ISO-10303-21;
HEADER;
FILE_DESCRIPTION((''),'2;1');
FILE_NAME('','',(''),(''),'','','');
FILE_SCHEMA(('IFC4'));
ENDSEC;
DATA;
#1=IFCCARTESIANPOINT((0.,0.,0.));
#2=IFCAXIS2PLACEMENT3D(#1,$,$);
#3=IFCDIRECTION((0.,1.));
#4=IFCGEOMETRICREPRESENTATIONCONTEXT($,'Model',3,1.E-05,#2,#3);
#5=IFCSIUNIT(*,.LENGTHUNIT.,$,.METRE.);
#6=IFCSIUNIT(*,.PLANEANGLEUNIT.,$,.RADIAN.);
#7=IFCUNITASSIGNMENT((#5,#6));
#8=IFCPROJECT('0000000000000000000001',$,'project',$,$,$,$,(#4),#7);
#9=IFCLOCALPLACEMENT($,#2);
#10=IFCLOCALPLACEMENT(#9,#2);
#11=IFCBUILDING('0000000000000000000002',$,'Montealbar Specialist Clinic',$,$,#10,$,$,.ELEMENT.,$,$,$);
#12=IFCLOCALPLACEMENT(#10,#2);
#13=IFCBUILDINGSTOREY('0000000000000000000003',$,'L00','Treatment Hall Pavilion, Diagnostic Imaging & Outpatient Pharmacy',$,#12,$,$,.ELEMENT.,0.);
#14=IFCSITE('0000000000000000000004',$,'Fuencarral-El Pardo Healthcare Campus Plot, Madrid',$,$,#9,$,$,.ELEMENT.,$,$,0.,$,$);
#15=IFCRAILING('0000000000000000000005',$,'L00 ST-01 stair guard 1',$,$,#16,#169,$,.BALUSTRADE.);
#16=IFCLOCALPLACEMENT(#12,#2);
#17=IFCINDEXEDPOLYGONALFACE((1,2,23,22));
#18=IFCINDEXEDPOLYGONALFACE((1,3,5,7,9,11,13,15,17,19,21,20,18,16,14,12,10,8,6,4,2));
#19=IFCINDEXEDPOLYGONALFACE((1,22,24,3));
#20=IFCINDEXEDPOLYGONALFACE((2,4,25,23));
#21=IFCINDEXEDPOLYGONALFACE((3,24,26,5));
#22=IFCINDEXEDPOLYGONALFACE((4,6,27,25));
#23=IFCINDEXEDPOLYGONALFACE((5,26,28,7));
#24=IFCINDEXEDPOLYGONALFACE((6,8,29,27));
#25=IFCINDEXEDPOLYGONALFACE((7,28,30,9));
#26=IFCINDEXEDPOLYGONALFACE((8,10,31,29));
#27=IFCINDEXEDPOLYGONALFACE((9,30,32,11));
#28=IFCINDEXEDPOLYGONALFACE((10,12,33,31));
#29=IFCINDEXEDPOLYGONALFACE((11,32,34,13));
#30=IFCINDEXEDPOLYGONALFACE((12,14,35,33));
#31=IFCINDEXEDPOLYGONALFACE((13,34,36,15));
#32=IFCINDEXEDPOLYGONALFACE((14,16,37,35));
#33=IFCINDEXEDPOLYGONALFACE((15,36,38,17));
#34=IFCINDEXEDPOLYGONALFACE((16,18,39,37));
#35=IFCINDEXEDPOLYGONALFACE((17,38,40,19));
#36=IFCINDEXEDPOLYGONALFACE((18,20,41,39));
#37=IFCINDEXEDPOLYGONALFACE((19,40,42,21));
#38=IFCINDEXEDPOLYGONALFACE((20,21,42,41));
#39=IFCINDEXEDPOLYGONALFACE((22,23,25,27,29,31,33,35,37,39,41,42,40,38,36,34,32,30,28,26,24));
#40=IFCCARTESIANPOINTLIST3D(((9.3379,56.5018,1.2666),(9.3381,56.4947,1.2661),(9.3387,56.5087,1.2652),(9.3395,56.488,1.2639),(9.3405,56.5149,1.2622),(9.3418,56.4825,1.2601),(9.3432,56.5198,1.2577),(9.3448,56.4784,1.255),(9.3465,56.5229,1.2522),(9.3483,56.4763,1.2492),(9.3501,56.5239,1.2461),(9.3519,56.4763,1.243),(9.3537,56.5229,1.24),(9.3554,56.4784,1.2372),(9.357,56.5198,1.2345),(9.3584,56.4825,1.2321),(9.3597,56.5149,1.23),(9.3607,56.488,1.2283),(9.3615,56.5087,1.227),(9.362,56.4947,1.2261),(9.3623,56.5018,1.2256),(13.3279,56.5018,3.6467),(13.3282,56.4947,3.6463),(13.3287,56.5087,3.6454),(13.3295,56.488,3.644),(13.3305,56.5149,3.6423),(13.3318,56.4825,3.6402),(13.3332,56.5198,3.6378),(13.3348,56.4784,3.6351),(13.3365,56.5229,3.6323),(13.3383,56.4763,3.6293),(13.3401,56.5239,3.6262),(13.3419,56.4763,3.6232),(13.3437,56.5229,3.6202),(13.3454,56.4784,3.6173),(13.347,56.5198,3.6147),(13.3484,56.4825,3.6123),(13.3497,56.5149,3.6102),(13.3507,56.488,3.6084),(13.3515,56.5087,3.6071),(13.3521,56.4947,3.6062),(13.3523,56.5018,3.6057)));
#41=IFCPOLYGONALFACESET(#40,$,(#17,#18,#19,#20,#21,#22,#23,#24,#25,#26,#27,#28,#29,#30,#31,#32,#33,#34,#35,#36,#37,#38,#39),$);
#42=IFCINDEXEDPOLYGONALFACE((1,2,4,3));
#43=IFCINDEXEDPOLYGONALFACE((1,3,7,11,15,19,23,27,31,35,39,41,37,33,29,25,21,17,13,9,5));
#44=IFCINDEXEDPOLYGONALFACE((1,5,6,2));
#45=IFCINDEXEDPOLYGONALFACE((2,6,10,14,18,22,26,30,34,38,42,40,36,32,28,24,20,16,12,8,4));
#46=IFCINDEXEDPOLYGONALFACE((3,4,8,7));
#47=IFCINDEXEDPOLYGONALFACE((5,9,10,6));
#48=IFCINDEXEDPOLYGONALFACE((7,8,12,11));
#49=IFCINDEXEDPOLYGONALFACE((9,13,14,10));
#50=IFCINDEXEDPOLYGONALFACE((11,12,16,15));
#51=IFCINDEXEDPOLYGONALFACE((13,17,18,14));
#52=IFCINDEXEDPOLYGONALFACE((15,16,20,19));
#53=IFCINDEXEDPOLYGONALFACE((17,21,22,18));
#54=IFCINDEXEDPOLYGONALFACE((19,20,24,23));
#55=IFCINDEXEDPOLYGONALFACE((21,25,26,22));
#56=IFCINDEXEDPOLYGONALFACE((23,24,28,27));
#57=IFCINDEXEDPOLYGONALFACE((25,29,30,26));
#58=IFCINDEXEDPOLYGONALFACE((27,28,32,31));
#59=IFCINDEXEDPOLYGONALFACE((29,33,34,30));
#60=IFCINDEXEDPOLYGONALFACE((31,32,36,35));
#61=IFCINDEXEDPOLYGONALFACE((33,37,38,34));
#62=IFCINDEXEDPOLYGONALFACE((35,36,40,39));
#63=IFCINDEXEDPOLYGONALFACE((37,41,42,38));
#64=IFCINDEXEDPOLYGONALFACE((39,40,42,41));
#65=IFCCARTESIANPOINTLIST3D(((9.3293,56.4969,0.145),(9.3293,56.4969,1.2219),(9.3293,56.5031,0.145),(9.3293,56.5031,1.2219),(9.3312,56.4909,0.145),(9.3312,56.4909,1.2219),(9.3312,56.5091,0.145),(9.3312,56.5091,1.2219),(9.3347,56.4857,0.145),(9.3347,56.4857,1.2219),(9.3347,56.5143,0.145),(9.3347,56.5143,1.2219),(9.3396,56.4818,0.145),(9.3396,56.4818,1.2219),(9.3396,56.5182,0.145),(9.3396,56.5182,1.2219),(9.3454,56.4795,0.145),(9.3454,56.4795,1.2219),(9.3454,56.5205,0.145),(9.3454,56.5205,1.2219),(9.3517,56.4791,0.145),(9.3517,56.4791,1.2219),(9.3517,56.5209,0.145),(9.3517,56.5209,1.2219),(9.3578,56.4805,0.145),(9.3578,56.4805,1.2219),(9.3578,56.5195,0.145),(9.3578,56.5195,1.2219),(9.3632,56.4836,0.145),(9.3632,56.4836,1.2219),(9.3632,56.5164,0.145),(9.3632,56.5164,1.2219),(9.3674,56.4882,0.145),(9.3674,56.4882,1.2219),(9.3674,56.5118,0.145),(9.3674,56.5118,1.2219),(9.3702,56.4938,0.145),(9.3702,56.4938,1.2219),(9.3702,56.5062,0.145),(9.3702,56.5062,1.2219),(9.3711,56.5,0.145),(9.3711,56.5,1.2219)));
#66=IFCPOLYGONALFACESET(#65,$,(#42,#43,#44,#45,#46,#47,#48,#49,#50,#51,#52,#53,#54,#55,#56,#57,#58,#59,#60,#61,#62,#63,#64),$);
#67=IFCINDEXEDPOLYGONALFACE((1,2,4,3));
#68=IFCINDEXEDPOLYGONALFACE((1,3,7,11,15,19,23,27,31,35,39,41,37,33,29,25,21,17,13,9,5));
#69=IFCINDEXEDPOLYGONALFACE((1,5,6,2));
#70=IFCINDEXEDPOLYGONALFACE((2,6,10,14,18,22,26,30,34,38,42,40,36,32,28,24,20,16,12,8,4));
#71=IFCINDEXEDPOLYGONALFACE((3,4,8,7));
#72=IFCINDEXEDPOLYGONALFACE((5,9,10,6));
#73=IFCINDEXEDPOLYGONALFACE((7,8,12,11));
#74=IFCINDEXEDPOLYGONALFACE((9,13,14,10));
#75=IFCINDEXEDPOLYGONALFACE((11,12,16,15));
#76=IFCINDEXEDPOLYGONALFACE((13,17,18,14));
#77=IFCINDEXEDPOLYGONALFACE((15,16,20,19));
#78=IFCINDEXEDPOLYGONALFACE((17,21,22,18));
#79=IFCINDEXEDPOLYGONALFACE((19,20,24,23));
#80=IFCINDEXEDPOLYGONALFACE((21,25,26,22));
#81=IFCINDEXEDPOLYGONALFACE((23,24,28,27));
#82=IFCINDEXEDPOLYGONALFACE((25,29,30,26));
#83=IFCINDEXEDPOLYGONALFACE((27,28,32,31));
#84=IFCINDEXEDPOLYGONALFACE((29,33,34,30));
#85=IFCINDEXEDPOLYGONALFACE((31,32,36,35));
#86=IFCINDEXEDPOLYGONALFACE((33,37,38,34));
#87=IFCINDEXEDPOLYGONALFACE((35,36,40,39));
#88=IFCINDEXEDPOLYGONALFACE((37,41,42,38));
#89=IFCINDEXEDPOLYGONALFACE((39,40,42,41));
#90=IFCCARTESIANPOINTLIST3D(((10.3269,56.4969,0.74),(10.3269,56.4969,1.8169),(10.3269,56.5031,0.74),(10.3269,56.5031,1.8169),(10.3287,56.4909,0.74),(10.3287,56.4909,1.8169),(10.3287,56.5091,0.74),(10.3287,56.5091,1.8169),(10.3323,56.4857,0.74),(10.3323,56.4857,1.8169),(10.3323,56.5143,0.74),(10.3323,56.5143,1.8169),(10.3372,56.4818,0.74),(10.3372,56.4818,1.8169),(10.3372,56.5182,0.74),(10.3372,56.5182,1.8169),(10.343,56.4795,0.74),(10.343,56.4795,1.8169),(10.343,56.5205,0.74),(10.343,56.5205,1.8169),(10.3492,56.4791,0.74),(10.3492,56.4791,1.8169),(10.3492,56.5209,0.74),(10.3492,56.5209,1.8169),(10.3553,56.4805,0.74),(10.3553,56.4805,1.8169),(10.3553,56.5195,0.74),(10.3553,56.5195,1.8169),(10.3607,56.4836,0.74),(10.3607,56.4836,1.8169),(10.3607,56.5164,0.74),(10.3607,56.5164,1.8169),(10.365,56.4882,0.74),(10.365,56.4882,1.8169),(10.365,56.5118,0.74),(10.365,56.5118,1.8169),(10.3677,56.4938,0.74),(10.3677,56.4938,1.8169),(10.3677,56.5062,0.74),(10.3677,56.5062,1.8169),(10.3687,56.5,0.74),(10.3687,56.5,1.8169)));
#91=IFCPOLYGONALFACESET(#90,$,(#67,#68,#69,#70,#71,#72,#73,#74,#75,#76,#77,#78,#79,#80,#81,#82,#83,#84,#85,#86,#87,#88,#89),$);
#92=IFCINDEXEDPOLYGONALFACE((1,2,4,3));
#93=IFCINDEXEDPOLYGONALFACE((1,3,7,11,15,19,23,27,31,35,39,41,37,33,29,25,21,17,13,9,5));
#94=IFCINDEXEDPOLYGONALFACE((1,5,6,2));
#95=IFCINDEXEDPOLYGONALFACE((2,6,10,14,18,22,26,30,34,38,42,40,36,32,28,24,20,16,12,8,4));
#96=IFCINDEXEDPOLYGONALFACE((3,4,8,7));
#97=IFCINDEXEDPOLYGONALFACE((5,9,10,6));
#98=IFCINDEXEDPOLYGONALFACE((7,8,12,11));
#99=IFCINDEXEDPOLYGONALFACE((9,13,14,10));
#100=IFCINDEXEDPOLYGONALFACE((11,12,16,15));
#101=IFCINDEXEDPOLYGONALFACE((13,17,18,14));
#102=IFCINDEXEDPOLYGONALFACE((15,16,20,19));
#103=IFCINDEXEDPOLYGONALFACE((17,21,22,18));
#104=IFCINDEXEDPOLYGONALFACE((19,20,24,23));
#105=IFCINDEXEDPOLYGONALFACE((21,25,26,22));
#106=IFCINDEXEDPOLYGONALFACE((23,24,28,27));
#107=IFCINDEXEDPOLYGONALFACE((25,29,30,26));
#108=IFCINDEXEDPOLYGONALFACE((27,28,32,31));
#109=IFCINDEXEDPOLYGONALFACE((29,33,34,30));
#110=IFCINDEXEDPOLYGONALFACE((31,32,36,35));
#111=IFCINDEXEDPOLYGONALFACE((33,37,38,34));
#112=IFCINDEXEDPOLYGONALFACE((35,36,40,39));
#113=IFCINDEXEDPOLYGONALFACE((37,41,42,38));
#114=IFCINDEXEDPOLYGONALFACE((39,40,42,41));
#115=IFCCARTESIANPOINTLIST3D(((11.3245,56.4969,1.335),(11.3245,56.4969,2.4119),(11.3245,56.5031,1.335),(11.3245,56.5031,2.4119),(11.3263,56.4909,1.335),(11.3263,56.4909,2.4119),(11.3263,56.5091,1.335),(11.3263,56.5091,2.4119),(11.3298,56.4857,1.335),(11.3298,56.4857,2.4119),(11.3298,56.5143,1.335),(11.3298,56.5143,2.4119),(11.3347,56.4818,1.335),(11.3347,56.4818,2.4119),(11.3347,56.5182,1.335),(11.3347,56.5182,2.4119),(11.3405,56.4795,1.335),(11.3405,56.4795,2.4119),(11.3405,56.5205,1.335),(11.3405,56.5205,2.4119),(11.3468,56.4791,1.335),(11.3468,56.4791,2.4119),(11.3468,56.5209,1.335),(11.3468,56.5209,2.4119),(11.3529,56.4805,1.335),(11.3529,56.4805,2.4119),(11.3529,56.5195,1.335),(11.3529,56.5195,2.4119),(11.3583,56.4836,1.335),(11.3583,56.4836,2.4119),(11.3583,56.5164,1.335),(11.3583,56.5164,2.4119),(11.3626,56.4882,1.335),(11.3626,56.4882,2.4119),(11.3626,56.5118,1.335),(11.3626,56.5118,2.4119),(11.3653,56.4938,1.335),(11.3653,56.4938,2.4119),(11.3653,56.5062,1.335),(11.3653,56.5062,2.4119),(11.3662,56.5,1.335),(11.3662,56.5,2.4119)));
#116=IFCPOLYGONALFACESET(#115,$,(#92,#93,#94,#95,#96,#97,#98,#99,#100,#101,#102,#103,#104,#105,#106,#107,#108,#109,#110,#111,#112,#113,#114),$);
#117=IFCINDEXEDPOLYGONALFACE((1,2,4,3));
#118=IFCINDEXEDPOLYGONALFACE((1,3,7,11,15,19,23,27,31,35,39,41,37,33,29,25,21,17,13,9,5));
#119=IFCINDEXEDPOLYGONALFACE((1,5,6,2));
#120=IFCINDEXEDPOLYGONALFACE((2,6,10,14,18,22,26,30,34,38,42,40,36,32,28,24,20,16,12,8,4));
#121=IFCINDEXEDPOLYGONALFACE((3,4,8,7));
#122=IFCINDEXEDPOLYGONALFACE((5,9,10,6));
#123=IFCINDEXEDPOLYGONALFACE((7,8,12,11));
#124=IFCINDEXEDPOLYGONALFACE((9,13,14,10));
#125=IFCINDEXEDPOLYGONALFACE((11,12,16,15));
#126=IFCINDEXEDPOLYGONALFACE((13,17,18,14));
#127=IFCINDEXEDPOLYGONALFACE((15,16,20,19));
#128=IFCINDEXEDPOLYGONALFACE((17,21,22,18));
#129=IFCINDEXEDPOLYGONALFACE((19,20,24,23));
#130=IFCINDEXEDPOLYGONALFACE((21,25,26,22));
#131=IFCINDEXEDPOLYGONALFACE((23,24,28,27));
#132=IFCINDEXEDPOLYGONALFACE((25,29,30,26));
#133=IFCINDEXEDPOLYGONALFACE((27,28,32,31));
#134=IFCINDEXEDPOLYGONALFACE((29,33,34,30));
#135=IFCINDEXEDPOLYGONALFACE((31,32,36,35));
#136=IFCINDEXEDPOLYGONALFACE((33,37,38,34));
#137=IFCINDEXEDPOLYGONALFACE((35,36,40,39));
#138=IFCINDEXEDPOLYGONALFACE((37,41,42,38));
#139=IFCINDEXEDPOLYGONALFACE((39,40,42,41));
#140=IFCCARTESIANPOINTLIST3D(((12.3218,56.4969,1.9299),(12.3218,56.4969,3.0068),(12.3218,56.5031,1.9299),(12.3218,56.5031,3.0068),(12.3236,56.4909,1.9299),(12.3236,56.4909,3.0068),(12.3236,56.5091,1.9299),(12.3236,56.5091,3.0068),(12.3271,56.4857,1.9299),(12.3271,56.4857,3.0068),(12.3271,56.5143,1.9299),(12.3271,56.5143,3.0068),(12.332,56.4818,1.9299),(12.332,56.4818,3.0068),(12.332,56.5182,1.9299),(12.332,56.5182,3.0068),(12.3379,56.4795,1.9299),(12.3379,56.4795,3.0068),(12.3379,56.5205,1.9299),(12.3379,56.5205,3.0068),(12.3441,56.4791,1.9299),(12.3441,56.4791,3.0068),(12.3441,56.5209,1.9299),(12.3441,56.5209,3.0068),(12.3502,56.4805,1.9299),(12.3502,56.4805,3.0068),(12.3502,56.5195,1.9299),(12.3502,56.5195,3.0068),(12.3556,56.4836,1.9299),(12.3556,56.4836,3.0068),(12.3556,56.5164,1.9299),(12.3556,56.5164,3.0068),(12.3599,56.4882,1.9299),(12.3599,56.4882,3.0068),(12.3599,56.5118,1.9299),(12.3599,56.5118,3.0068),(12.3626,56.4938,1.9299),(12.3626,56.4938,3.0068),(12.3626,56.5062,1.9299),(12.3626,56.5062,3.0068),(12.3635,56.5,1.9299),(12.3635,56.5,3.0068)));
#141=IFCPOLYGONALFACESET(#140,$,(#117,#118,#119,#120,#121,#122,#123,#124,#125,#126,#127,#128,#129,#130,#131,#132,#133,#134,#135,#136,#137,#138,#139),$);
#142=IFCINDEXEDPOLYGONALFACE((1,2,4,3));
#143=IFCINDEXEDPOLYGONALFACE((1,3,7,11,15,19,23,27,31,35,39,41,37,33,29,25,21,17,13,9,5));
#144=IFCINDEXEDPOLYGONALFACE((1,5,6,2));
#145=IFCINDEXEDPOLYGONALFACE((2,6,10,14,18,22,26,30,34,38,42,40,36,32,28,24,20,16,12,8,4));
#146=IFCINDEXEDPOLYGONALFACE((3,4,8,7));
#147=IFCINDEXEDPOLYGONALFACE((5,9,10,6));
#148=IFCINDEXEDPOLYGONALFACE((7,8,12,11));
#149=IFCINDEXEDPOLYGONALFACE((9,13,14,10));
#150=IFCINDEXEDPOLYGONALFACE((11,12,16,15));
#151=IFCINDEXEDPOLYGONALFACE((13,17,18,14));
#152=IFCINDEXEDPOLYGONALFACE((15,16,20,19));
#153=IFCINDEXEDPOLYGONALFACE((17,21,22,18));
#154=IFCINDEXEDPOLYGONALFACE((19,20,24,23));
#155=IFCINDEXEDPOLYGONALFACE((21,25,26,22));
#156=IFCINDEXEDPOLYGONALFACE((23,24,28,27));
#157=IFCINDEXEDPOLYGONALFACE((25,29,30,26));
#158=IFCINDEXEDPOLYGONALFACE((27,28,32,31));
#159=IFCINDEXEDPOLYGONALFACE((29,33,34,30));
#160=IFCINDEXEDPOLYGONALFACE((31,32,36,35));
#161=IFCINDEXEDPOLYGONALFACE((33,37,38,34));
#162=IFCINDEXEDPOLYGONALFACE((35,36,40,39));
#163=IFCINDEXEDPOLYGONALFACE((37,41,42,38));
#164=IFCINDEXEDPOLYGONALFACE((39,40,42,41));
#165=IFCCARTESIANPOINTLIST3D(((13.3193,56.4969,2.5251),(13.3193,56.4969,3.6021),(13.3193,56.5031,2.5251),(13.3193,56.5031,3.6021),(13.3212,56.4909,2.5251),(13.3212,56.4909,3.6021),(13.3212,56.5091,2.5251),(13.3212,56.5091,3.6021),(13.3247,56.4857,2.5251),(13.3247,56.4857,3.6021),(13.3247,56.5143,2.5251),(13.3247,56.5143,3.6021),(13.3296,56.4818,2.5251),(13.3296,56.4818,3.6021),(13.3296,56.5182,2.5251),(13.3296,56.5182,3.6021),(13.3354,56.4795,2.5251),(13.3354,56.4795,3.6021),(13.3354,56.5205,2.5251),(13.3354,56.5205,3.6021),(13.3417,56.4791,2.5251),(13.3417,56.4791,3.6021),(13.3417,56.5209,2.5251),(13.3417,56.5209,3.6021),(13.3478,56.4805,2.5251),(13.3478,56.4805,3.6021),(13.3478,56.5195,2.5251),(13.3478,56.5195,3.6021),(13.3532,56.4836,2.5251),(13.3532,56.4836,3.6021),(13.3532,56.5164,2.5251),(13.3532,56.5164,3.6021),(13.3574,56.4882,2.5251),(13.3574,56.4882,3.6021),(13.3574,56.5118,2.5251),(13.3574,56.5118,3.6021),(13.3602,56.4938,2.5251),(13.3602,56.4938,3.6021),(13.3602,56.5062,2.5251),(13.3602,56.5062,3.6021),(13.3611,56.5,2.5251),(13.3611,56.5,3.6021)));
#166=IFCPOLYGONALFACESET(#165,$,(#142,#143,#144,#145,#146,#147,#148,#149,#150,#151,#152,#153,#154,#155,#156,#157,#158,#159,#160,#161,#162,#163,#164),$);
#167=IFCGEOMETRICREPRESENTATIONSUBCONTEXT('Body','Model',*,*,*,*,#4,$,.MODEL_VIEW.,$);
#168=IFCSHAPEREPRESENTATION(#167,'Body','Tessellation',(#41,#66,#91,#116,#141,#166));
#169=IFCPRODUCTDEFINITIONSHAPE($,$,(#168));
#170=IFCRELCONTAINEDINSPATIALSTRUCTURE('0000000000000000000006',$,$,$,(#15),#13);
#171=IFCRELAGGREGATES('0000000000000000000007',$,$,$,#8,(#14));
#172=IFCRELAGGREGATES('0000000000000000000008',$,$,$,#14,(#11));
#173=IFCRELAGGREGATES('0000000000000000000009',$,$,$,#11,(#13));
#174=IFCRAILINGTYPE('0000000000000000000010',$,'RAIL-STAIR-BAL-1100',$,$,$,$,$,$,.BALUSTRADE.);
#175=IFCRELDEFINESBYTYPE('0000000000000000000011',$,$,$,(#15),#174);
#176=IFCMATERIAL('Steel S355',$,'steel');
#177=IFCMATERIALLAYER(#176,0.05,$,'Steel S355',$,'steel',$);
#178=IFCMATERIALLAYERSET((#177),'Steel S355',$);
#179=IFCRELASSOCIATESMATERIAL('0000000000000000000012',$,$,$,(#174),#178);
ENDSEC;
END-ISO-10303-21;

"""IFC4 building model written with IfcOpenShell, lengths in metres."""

from ifc_helpers import new_model, si_unit, direction, frame, origin, origin_2d, place, context, subcontext, project, spatial, circle, extrude, material, layer, layer_set, type_object, element, save


model = new_model("IFC4")

# Units and contexts
model_context = context("Model", 3, precision=1e-05, world=origin(), true_north=direction((0.0, 1.0)))
body_context = subcontext(model_context, "Body", "Model", "MODEL_VIEW")
ifc_project = project(units=[si_unit("LENGTHUNIT", "METRE"), si_unit("PLANEANGLEUNIT", "RADIAN")], contexts=[model_context])

# Site, building, storey
site_placement = place(None, origin())
site = spatial("IfcSite", under=ifc_project, at=site_placement, Name="Fuencarral-El Pardo Healthcare Campus Plot, Madrid", CompositionType="ELEMENT", RefElevation=0.0)
building_placement = place(site_placement, origin())
building = spatial("IfcBuilding", under=site, at=building_placement, Name="Montealbar Specialist Clinic", CompositionType="ELEMENT")
storey_placement = place(building_placement, origin())
storey = spatial("IfcBuildingStorey", under=building, at=storey_placement, Name="L00", Description="Treatment Hall Pavilion, Diagnostic Imaging & Outpatient Pharmacy", CompositionType="ELEMENT", Elevation=0.0)

# Shared definitions
ifc_material_1 = material(Name="Steel S355", Category="steel")

# Railing
ifc_layer_1 = layer(ifc_material_1, 0.05, Name="Steel S355", Category="steel")
ifc_layer_set_1 = layer_set([ifc_layer_1], Name="Steel S355")
railing_type_1 = type_object("IfcRailingType", Name="RAIL-STAIR-BAL-1100", PredefinedType="BALUSTRADE", material=ifc_layer_set_1)
railing_1_placement = place(storey_placement, frame((9.3501, 56.5, 0.1699)))
element("IfcRailing", 1, at=railing_1_placement, inside=storey, type_object=railing_type_1, Name="L00 ST-01 stair guard 1", PredefinedType="BALUSTRADE", context=body_context, shape_type="SweptSolid", body=[
    extrude(circle(Radius=0.0239, at=origin_2d()), frame((0.0, 0.0, 1.0762), z_axis=(0.858807, 0.0, 0.512299), x_axis=(0.0, 1.0, 0.0)), (0.0, 0.0, 1.0), 4.646),
    extrude(circle(Radius=0.021, at=origin_2d()), frame((0.0, 0.0, -0.0249)), (0.0, 0.0, 1.0), 1.0769),
    extrude(circle(Radius=0.021, at=origin_2d()), frame((0.9976, 0.0, 0.5701)), (0.0, 0.0, 1.0), 1.0769),
    extrude(circle(Radius=0.021, at=origin_2d()), frame((1.9951, 0.0, 1.165)), (0.0, 0.0, 1.0), 1.0769),
    extrude(circle(Radius=0.021, at=origin_2d()), frame((2.9924, 0.0, 1.76)), (0.0, 0.0, 1.0), 1.0769),
    extrude(circle(Radius=0.021, at=origin_2d()), frame((3.99, 0.0, 2.3552)), (0.0, 0.0, 1.0), 1.0769),
])

save(model, "model.ifc")
